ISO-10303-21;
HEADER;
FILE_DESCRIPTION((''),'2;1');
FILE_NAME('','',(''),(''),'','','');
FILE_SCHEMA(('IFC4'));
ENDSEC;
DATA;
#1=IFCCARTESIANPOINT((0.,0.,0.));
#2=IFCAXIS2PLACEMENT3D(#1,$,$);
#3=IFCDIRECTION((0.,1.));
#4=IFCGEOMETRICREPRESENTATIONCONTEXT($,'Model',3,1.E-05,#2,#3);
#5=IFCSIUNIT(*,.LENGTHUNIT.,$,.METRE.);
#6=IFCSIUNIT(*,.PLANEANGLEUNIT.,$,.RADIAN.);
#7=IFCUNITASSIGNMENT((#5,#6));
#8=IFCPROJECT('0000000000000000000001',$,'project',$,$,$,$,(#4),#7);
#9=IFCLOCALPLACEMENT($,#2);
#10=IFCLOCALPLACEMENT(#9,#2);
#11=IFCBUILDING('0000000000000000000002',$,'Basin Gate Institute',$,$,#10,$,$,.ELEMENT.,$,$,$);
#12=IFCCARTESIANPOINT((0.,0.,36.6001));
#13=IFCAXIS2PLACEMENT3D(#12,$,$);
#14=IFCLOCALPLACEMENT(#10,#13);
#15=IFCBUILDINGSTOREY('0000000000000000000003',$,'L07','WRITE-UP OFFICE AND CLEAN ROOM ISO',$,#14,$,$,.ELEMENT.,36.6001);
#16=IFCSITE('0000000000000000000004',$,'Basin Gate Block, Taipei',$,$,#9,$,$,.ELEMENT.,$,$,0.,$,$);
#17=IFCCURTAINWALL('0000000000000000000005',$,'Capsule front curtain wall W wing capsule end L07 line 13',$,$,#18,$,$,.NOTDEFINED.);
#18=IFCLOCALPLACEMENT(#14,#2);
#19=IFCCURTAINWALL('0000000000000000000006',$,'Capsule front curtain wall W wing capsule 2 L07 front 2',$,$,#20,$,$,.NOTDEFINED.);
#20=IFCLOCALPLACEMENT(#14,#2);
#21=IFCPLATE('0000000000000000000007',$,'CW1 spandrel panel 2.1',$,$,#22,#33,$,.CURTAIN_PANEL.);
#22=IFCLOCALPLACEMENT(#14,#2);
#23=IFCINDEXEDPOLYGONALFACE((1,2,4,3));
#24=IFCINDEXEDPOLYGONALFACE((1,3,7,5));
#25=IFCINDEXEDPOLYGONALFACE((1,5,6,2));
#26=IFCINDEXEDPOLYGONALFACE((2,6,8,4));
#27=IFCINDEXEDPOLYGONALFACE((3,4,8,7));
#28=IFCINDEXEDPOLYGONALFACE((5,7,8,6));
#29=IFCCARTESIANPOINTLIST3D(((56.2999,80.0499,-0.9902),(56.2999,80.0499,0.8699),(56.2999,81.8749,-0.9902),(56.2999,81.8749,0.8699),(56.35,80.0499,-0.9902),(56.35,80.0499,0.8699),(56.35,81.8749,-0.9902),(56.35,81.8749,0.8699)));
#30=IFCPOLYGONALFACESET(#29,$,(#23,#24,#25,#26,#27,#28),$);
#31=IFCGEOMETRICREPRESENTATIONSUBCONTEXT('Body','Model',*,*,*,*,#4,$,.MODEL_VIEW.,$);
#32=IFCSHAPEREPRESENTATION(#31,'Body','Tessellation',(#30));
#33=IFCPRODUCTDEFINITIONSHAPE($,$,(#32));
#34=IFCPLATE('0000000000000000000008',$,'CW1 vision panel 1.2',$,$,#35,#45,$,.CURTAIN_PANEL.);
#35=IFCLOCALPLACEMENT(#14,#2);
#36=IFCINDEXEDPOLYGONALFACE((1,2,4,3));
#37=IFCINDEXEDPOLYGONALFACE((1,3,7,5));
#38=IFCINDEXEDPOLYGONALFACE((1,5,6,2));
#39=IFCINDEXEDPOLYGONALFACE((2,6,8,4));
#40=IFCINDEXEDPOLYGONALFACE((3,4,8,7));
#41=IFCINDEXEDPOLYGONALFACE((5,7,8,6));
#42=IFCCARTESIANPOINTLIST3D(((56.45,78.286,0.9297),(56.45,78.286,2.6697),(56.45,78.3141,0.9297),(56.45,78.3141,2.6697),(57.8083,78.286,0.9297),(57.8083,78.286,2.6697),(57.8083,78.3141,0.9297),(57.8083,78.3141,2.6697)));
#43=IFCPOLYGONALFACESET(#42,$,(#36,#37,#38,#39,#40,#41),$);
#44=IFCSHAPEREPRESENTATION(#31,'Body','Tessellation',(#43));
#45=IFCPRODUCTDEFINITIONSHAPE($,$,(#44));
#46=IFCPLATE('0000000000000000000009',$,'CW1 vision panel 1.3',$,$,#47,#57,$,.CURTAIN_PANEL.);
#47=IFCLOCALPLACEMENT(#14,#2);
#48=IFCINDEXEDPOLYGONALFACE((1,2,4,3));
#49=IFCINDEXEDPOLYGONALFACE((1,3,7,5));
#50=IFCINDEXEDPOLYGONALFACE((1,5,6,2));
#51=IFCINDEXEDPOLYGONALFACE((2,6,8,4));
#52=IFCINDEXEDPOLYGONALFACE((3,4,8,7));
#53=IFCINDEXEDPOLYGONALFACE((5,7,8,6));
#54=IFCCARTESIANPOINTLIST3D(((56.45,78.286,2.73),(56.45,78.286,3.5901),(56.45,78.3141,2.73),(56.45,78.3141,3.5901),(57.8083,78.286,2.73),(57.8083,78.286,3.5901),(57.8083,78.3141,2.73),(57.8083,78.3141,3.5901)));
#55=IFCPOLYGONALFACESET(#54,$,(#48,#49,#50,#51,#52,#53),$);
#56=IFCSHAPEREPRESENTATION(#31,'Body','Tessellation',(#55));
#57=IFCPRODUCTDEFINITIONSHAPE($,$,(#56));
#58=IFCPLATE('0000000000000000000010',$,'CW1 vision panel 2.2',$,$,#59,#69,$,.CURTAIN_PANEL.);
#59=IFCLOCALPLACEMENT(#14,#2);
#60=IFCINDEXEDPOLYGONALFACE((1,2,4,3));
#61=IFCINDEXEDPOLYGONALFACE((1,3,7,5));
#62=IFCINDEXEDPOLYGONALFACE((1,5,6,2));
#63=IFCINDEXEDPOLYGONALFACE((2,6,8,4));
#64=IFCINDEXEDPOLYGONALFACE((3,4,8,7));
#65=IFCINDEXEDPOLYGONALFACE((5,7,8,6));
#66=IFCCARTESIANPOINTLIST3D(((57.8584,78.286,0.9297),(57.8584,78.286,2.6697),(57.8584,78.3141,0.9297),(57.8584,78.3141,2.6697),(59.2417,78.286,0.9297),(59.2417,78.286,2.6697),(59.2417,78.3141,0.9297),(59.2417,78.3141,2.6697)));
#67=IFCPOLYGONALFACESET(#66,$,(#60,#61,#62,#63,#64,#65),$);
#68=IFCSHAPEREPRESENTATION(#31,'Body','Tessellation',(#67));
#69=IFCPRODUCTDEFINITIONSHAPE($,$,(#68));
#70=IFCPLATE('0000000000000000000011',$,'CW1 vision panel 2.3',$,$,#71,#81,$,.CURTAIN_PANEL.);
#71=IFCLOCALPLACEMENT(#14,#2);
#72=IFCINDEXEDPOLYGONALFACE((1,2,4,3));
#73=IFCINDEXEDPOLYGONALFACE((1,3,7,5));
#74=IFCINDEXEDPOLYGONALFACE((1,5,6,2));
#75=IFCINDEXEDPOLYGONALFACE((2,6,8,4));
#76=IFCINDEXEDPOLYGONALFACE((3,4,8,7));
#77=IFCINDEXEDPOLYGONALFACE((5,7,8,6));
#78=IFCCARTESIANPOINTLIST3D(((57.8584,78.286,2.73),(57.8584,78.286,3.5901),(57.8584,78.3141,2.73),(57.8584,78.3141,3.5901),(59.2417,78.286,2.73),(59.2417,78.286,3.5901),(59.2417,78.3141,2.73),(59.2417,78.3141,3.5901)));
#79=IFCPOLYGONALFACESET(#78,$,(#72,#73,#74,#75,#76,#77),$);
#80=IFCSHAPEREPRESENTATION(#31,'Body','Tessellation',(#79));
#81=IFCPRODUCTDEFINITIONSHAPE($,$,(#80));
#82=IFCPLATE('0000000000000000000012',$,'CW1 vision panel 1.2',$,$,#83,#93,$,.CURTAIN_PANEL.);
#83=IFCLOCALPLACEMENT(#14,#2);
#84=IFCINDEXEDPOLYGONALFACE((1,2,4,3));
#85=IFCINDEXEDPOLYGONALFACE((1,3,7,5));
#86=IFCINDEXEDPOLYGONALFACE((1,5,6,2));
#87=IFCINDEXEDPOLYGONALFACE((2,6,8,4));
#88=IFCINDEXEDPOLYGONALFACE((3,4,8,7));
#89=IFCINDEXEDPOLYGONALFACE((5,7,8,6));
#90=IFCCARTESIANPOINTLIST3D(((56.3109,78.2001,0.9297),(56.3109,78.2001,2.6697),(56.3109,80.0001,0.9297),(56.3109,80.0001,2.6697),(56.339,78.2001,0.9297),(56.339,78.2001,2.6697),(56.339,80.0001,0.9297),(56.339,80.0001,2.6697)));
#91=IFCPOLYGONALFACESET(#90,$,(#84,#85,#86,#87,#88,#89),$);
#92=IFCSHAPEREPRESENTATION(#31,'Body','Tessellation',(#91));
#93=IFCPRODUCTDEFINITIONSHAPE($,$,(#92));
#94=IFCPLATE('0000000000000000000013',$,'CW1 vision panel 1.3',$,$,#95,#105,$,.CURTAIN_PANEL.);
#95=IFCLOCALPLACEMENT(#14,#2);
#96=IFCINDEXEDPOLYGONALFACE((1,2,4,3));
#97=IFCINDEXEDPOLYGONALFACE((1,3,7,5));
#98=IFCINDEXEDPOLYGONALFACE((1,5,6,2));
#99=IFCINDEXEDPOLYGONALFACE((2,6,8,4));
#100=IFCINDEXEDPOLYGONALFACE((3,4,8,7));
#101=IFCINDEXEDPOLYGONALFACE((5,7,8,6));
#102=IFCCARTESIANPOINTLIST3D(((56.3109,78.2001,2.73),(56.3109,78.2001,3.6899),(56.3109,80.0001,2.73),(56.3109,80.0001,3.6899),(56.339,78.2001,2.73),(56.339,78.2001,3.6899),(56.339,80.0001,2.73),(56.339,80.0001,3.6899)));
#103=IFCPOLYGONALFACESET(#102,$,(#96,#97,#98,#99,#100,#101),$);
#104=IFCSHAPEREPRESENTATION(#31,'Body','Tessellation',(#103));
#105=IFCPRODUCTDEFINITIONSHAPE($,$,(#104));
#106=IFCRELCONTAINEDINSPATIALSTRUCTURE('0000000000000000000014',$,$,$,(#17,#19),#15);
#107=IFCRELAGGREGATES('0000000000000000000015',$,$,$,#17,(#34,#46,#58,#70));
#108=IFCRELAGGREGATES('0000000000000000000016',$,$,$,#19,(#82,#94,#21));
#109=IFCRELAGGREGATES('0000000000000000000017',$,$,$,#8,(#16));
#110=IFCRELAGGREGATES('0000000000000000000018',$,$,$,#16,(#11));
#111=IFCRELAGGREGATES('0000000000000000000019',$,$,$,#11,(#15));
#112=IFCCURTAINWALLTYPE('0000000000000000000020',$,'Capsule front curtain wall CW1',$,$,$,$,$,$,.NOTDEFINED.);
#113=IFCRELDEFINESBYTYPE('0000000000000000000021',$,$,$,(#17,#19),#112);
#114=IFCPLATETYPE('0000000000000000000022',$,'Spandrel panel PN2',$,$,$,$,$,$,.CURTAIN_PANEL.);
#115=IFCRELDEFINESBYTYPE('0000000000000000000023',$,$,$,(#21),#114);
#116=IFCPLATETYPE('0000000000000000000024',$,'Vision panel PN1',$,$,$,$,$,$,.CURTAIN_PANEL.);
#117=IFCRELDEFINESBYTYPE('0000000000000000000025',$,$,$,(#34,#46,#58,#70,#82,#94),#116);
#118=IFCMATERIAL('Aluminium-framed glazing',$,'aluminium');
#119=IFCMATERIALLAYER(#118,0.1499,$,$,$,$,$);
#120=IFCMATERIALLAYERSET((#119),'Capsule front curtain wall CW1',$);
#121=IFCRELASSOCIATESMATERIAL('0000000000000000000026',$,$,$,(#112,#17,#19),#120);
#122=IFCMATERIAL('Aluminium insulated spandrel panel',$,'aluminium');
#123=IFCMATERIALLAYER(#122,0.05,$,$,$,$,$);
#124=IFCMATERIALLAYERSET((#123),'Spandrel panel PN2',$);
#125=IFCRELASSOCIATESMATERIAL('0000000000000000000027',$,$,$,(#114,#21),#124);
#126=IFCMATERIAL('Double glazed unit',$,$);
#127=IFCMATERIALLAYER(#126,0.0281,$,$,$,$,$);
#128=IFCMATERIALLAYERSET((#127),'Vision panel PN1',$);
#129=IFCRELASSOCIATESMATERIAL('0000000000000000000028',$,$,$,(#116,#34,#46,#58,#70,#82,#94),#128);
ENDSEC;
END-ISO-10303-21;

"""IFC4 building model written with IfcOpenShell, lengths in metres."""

from ifc_helpers import new_model, si_unit, direction, frame, origin, origin_2d, place, context, subcontext, project, spatial, rectangle, extrude, material, layer, layer_set, type_object, element, aggregate, save


model = new_model("IFC4")

# Units and contexts
model_context = context("Model", 3, precision=1e-05, world=origin(), true_north=direction((0.0, 1.0)))
body_context = subcontext(model_context, "Body", "Model", "MODEL_VIEW")
ifc_project = project(units=[si_unit("LENGTHUNIT", "METRE"), si_unit("PLANEANGLEUNIT", "RADIAN")], contexts=[model_context])

# Site, building, storey
site_placement = place(None, origin())
site = spatial("IfcSite", under=ifc_project, at=site_placement, Name="Basin Gate Block, Taipei", CompositionType="ELEMENT", RefElevation=0.0)
building_placement = place(site_placement, origin())
building = spatial("IfcBuilding", under=site, at=building_placement, Name="Basin Gate Institute", CompositionType="ELEMENT")
storey_placement = place(building_placement, frame((0.0, 0.0, 36.6001)))
storey = spatial("IfcBuildingStorey", under=building, at=storey_placement, Name="L07", Description="WRITE-UP OFFICE AND CLEAN ROOM ISO", CompositionType="ELEMENT", Elevation=36.6001)

# Curtain wall
ifc_material_1 = material(Name="Aluminium-framed glazing", Category="aluminium")
ifc_layer_1 = layer(ifc_material_1, 0.1499)
ifc_layer_set_1 = layer_set([ifc_layer_1], Name="Capsule front curtain wall CW1")
curtain_wall_type = type_object("IfcCurtainWallType", Name="Capsule front curtain wall CW1", PredefinedType="NOTDEFINED", material=ifc_layer_set_1)
curtain_wall_1_placement = place(storey_placement, origin())
curtain_wall_1 = element("IfcCurtainWall", 1, at=curtain_wall_1_placement, inside=storey, type_object=curtain_wall_type, material=ifc_layer_set_1, Name="Capsule front curtain wall W wing capsule end L07 line 13", PredefinedType="NOTDEFINED")

# Curtain wall
curtain_wall_2_placement = place(storey_placement, origin())
curtain_wall_2 = element("IfcCurtainWall", 2, at=curtain_wall_2_placement, inside=storey, type_object=curtain_wall_type, material=ifc_layer_set_1, Name="Capsule front curtain wall W wing capsule 2 L07 front 2", PredefinedType="NOTDEFINED")

# Plates
ifc_material_2 = material(Name="Aluminium insulated spandrel panel", Category="aluminium")
ifc_layer_2 = layer(ifc_material_2, 0.05)
ifc_layer_set_2 = layer_set([ifc_layer_2], Name="Spandrel panel PN2")
plate_type_1 = type_object("IfcPlateType", Name="Spandrel panel PN2", PredefinedType="CURTAIN_PANEL", material=ifc_layer_set_2)
plate_1_placement = place(storey_placement, frame((56.325, 80.9624, -0.9902), z_axis=(0.0, 0.0, 1.0), x_axis=(0.0, 1.0, 0.0)))
plate_1 = element("IfcPlate", 3, at=plate_1_placement, type_object=plate_type_1, material=ifc_layer_set_2, Name="CW1 spandrel panel 2.1", PredefinedType="CURTAIN_PANEL", context=body_context, shape_type="SweptSolid", body=[
    extrude(rectangle(XDim=1.825, YDim=0.05, at=origin_2d()), origin(), (0.0, 0.0, 1.0), 1.8601),
])
ifc_material_3 = material(Name="Double glazed unit")
ifc_layer_3 = layer(ifc_material_3, 0.0281)
ifc_layer_set_3 = layer_set([ifc_layer_3], Name="Vision panel PN1")
plate_type_2 = type_object("IfcPlateType", Name="Vision panel PN1", PredefinedType="CURTAIN_PANEL", material=ifc_layer_set_3)
plate_2_placement = place(storey_placement, frame((57.1292, 78.3, 0.9297), z_axis=(0.0, 0.0, 1.0), x_axis=(1.0, 0.0, 0.0)))
plate_2 = element("IfcPlate", 4, at=plate_2_placement, type_object=plate_type_2, material=ifc_layer_set_3, Name="CW1 vision panel 1.2", PredefinedType="CURTAIN_PANEL", context=body_context, shape_type="SweptSolid", body=[
    extrude(rectangle(XDim=1.3584, YDim=0.0281, at=origin_2d()), origin(), (0.0, 0.0, 1.0), 1.74),
])
plate_3_placement = place(storey_placement, frame((57.1292, 78.3, 2.73), z_axis=(0.0, 0.0, 1.0), x_axis=(1.0, 0.0, 0.0)))
plate_3 = element("IfcPlate", 5, at=plate_3_placement, type_object=plate_type_2, material=ifc_layer_set_3, Name="CW1 vision panel 1.3", PredefinedType="CURTAIN_PANEL", context=body_context, shape_type="SweptSolid", body=[
    extrude(rectangle(XDim=1.3584, YDim=0.0281, at=origin_2d()), origin(), (0.0, 0.0, 1.0), 0.8601),
])
plate_4_placement = place(storey_placement, frame((58.55, 78.3, 0.9297), z_axis=(0.0, 0.0, 1.0), x_axis=(1.0, 0.0, 0.0)))
plate_4 = element("IfcPlate", 6, at=plate_4_placement, type_object=plate_type_2, material=ifc_layer_set_3, Name="CW1 vision panel 2.2", PredefinedType="CURTAIN_PANEL", context=body_context, shape_type="SweptSolid", body=[
    extrude(rectangle(XDim=1.3833, YDim=0.0281, at=origin_2d()), origin(), (0.0, 0.0, 1.0), 1.74),
])
plate_5_placement = place(storey_placement, frame((58.55, 78.3, 2.73), z_axis=(0.0, 0.0, 1.0), x_axis=(1.0, 0.0, 0.0)))
plate_5 = element("IfcPlate", 7, at=plate_5_placement, type_object=plate_type_2, material=ifc_layer_set_3, Name="CW1 vision panel 2.3", PredefinedType="CURTAIN_PANEL", context=body_context, shape_type="SweptSolid", body=[
    extrude(rectangle(XDim=1.3833, YDim=0.0281, at=origin_2d()), origin(), (0.0, 0.0, 1.0), 0.8601),
])
aggregate(curtain_wall_1, [plate_2, plate_3, plate_4, plate_5])
plate_6_placement = place(storey_placement, frame((56.325, 79.1001, 0.9297), z_axis=(0.0, 0.0, 1.0), x_axis=(0.0, 1.0, 0.0)))
plate_6 = element("IfcPlate", 8, at=plate_6_placement, type_object=plate_type_2, material=ifc_layer_set_3, Name="CW1 vision panel 1.2", PredefinedType="CURTAIN_PANEL", context=body_context, shape_type="SweptSolid", body=[
    extrude(rectangle(XDim=1.8, YDim=0.0281, at=origin_2d()), origin(), (0.0, 0.0, 1.0), 1.74),
])
plate_7_placement = place(storey_placement, frame((56.325, 79.1001, 2.73), z_axis=(0.0, 0.0, 1.0), x_axis=(0.0, 1.0, 0.0)))
plate_7 = element("IfcPlate", 9, at=plate_7_placement, type_object=plate_type_2, material=ifc_layer_set_3, Name="CW1 vision panel 1.3", PredefinedType="CURTAIN_PANEL", context=body_context, shape_type="SweptSolid", body=[
    extrude(rectangle(XDim=1.8, YDim=0.0281, at=origin_2d()), origin(), (0.0, 0.0, 1.0), 0.96),
])
aggregate(curtain_wall_2, [plate_6, plate_7, plate_1])

save(model, "model.ifc")
